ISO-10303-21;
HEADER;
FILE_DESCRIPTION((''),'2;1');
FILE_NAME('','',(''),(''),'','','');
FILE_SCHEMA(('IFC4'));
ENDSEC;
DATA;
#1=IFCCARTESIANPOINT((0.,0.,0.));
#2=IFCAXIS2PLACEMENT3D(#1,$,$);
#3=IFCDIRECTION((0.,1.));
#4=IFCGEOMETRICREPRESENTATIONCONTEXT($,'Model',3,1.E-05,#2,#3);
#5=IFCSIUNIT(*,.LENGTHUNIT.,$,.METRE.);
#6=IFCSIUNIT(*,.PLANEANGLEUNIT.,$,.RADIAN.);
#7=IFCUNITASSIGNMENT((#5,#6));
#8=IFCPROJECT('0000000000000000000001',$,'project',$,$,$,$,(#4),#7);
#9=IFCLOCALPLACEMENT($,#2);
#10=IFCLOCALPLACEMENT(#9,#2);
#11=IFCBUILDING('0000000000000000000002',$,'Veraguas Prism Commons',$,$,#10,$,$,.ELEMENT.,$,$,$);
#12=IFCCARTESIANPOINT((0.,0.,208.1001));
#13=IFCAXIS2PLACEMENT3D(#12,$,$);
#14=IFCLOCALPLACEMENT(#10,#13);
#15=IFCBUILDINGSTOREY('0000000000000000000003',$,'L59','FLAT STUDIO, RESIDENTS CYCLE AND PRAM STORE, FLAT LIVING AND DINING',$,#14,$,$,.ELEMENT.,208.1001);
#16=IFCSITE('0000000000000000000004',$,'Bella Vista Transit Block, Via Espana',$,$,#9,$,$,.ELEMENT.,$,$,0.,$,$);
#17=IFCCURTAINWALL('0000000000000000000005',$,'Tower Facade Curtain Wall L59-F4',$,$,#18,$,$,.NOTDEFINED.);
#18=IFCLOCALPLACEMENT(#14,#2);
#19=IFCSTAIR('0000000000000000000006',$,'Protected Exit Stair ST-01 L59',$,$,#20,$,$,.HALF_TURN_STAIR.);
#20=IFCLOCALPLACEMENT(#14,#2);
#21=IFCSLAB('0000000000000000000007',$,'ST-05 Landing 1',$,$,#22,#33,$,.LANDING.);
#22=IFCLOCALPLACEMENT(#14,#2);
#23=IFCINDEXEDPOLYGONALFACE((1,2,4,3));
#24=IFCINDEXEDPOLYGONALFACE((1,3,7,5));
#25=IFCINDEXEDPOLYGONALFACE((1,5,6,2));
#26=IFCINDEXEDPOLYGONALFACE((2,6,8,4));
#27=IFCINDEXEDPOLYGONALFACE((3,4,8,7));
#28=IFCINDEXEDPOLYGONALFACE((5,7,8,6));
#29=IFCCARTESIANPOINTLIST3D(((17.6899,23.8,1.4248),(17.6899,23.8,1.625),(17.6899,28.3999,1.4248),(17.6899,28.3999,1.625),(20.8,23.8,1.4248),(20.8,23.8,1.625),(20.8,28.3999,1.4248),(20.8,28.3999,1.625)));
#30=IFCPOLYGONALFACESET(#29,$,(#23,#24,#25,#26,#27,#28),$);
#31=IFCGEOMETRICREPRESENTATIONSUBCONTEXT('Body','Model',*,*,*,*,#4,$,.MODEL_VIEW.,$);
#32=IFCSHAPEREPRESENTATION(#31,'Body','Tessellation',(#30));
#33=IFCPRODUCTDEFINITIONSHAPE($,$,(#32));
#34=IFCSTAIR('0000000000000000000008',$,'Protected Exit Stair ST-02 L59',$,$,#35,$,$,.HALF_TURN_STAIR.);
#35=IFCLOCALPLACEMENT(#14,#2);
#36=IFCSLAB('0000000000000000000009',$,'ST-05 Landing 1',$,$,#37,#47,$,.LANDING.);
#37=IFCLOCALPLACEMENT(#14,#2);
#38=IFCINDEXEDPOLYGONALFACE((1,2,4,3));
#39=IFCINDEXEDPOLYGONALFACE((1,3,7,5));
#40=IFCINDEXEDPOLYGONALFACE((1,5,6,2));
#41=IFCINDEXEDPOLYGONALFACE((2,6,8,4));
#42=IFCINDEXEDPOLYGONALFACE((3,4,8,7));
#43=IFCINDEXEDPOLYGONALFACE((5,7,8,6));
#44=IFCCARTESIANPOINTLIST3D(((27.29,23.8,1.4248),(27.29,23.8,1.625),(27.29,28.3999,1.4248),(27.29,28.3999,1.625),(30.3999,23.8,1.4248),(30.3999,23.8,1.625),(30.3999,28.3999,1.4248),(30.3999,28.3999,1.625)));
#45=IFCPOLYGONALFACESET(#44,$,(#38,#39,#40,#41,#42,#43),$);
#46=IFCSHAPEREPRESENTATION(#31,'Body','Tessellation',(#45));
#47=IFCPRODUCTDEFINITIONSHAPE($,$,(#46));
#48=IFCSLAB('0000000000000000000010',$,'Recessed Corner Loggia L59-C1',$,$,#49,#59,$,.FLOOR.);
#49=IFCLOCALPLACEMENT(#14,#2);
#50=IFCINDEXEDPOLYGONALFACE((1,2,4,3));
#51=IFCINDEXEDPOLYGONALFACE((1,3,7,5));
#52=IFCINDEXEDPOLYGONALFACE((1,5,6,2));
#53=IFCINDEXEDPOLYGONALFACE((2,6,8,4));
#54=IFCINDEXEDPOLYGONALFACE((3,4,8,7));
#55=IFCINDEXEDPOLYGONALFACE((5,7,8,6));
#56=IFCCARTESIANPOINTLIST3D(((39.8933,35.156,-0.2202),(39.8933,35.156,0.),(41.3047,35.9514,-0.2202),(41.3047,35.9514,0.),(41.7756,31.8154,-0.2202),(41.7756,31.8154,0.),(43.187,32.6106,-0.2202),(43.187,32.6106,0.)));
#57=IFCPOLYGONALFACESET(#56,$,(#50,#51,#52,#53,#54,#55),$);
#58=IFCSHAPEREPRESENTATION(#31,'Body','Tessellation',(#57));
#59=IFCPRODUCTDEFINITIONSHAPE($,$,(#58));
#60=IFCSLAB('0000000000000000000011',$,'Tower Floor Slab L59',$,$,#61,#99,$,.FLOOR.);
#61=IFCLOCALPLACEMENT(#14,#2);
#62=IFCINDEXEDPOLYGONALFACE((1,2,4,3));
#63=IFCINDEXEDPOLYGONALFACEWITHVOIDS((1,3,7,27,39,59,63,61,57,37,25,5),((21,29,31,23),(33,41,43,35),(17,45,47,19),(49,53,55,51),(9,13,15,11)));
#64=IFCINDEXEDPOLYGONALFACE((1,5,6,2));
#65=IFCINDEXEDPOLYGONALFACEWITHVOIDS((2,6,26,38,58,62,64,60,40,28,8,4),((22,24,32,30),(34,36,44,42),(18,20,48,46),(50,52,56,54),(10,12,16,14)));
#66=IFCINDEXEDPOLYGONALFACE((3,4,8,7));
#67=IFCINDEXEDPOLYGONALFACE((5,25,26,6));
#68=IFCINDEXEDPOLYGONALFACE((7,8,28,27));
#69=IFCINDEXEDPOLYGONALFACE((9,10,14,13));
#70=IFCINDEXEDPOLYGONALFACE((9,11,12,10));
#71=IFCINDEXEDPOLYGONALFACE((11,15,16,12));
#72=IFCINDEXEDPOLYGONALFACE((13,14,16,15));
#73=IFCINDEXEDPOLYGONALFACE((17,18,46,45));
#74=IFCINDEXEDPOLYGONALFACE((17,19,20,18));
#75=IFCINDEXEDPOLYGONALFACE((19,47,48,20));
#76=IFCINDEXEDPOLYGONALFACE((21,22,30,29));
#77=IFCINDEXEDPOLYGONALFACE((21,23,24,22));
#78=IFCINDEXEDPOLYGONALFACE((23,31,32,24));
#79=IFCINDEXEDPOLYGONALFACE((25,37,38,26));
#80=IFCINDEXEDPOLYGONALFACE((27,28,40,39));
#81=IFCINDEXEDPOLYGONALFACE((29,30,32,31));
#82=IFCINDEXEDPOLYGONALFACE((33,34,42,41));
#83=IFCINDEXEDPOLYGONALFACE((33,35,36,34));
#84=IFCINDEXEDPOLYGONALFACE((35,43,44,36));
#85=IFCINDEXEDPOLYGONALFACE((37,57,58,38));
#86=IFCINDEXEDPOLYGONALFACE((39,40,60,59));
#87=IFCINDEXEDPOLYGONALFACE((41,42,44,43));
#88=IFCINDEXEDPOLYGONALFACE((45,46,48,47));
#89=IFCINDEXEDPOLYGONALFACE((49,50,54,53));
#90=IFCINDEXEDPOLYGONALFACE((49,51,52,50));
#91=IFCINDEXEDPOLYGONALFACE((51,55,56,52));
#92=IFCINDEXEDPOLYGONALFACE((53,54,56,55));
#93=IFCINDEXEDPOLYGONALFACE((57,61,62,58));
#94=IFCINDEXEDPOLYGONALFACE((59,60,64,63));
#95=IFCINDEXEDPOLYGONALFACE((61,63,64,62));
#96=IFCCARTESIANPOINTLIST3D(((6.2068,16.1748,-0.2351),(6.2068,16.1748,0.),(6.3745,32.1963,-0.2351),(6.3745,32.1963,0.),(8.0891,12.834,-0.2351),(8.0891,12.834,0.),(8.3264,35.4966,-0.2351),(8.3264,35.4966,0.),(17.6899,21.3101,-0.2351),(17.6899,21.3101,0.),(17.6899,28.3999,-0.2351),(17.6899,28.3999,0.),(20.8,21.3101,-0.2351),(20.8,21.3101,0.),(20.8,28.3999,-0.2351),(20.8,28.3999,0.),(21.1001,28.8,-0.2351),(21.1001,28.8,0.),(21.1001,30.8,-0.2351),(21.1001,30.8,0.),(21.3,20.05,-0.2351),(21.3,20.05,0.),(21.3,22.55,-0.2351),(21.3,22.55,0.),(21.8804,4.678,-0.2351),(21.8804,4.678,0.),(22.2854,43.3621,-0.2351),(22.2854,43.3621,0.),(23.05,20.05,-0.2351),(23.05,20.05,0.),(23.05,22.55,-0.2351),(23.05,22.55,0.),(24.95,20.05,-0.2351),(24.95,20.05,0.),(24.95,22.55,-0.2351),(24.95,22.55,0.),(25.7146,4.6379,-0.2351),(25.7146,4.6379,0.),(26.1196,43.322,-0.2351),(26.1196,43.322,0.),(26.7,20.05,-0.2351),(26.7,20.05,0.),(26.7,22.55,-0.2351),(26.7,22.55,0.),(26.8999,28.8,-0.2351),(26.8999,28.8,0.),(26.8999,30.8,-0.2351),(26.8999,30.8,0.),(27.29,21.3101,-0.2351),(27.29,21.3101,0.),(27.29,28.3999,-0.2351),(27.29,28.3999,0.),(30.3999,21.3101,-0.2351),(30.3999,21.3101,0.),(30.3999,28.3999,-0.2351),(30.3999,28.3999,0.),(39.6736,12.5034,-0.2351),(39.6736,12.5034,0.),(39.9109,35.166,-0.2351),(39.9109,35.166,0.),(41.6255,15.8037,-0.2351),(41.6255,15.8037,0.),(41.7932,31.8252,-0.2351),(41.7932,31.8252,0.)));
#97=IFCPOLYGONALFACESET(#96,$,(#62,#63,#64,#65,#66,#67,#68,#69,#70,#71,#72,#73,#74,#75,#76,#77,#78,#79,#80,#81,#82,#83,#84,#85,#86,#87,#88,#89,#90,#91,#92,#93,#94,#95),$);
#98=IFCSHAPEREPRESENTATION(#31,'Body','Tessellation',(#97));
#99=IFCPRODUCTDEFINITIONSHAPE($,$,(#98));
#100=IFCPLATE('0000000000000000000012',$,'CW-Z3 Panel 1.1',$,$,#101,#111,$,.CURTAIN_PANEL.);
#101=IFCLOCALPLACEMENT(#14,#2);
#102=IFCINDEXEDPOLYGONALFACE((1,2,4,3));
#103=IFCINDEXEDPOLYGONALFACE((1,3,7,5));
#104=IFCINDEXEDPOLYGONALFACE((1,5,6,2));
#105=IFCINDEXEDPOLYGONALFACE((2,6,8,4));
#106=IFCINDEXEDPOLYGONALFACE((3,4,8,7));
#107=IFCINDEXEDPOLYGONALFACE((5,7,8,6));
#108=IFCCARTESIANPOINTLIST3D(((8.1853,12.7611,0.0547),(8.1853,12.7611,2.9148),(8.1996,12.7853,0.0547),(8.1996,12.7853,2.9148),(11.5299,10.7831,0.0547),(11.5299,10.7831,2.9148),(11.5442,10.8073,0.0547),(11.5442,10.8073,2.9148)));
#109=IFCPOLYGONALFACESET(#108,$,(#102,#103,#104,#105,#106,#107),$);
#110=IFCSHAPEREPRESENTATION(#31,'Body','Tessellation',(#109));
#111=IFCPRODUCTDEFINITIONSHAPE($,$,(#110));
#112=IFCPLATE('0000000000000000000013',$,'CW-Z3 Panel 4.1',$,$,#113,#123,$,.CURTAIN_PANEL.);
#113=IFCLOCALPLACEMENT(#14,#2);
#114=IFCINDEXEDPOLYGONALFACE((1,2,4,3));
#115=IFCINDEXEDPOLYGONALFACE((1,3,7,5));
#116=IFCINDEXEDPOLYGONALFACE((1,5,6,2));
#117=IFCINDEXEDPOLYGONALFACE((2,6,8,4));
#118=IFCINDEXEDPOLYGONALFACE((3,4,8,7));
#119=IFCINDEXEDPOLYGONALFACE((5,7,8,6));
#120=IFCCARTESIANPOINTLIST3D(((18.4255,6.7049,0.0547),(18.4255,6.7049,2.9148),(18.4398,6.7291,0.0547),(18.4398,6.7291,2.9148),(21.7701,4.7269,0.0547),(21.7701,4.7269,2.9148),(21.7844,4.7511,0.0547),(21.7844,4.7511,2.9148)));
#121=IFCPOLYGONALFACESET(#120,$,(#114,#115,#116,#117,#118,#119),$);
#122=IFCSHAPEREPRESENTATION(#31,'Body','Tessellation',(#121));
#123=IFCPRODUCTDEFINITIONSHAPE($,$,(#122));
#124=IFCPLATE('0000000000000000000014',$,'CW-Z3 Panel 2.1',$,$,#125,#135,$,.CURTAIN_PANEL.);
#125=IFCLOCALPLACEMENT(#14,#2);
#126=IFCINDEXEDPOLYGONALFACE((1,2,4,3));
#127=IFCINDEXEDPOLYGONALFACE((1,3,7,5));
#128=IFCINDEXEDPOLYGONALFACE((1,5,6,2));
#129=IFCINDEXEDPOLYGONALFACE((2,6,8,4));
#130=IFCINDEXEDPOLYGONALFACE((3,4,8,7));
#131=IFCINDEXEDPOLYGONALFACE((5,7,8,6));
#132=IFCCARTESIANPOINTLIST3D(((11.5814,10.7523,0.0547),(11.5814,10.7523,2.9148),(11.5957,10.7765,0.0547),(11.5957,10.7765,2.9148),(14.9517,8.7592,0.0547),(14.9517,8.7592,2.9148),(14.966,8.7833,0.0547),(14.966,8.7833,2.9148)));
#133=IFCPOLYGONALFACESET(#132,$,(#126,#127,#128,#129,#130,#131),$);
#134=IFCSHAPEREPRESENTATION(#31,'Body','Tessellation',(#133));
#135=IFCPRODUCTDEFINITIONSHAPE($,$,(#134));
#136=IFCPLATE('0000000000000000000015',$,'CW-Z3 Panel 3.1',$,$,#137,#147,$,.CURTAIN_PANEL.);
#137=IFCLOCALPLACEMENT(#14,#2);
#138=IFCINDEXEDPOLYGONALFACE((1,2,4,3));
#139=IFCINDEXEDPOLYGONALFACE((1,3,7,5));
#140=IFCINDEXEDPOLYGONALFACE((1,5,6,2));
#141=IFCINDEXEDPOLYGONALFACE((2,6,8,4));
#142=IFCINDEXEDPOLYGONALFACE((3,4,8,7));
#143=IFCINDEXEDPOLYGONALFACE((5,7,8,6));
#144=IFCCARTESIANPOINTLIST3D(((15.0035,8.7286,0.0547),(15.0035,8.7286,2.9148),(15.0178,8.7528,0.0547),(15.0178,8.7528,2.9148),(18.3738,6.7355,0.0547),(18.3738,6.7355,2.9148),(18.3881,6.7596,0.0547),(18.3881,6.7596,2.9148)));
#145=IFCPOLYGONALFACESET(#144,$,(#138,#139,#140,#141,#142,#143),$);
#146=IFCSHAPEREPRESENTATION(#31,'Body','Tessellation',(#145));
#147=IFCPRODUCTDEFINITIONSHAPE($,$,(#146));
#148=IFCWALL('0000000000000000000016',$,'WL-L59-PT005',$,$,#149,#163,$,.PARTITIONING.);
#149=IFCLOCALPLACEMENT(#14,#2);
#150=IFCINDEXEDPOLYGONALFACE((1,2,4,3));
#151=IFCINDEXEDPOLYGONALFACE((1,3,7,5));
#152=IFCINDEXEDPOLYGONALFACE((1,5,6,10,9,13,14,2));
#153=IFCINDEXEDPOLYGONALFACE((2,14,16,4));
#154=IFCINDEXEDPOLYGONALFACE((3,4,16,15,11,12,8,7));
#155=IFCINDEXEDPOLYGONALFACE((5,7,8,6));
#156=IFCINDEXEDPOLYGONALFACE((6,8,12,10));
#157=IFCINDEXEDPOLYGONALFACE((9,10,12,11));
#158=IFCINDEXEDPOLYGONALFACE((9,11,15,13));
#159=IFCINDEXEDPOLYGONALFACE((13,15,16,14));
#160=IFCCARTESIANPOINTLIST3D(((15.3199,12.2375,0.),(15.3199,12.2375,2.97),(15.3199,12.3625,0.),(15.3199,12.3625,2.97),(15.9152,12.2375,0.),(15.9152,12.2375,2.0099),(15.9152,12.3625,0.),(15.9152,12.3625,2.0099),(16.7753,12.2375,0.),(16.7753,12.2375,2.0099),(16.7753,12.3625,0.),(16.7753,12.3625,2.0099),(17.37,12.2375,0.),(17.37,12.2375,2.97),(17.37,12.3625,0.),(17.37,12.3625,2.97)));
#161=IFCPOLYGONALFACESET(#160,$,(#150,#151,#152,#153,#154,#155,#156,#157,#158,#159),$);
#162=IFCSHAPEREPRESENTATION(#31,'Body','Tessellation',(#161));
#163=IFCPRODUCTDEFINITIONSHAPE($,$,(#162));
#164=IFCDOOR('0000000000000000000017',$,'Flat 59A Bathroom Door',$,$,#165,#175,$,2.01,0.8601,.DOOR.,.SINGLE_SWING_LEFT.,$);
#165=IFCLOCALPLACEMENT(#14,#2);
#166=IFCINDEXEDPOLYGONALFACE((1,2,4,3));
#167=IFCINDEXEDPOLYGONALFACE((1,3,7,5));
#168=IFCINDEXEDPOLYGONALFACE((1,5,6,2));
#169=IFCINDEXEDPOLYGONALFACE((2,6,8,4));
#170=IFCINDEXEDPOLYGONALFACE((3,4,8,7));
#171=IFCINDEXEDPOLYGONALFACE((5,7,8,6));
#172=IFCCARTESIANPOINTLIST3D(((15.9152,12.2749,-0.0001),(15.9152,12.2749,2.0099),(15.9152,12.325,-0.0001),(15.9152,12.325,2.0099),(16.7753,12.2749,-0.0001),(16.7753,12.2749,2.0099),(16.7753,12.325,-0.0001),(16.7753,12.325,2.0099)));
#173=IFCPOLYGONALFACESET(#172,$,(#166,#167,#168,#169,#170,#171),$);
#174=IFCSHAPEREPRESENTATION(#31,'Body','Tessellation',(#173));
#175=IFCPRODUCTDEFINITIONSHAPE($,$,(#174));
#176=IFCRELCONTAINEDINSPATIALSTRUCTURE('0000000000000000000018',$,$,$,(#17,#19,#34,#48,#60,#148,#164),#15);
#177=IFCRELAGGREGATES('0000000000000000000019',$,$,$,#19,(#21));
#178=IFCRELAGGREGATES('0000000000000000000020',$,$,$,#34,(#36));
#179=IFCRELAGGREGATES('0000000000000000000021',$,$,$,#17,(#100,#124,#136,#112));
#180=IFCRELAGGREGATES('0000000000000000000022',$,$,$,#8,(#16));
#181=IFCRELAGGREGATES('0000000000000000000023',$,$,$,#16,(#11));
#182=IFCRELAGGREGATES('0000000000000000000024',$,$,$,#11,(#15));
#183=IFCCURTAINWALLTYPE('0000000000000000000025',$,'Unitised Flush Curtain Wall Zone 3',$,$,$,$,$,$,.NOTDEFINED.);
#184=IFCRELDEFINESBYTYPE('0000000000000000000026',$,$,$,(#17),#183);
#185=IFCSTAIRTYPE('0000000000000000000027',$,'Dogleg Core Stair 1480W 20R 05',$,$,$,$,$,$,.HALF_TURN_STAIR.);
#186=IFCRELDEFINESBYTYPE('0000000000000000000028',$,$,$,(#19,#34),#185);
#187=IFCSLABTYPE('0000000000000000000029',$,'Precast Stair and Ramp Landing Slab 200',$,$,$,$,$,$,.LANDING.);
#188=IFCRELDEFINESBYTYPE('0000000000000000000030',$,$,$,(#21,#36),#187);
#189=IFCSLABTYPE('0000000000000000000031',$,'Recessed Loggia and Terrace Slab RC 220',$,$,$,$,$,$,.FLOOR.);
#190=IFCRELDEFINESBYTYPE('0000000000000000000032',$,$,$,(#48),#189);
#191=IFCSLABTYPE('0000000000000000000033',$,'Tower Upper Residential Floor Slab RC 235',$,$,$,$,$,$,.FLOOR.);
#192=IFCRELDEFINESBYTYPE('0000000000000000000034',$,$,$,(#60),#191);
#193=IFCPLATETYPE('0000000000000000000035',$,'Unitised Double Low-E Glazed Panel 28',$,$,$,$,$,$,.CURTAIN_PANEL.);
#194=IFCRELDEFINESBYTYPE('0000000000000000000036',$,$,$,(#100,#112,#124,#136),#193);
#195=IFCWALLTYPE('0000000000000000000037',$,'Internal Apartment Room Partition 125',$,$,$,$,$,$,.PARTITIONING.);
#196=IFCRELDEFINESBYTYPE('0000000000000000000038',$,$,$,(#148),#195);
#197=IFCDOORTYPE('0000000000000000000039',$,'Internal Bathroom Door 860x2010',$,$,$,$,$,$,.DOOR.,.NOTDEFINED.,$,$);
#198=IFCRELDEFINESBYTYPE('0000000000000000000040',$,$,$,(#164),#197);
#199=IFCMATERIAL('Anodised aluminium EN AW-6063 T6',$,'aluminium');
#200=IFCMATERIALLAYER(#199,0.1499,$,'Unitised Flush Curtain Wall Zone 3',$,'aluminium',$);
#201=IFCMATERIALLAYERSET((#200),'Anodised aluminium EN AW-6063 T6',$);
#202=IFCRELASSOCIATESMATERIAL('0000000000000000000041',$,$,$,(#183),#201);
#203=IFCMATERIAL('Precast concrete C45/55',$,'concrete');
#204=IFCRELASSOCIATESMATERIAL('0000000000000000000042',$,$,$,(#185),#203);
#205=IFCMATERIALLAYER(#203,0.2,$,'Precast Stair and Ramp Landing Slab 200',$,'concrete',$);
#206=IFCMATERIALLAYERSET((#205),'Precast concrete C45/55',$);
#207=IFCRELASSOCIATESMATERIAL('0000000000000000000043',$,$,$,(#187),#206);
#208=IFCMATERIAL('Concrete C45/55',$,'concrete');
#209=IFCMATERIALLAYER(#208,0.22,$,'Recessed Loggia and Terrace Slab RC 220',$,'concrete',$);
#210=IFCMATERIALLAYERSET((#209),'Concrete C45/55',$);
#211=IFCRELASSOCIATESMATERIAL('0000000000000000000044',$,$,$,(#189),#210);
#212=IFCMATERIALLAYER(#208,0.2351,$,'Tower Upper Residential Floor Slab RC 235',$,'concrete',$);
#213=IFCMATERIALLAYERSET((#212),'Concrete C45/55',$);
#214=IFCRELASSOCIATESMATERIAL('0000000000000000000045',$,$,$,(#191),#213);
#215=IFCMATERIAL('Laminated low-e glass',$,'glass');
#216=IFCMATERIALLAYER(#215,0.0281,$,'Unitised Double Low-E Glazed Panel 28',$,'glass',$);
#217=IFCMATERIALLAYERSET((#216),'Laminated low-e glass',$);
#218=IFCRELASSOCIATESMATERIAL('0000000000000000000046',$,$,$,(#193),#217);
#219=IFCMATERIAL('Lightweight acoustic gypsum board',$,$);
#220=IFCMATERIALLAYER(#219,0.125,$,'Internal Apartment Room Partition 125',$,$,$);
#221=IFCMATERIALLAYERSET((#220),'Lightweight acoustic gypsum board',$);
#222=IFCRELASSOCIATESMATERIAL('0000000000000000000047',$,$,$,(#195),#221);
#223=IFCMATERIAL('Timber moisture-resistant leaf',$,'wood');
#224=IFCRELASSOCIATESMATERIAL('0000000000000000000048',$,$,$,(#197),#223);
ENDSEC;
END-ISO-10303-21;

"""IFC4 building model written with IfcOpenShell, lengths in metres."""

from ifc_helpers import new_model, si_unit, direction, frame, frame_2d, origin, origin_2d, place, context, subcontext, project, spatial, polyline, rectangle, outline, extrude, source, transform, mapped, material, layer, layer_set, type_object, element, fill, aggregate, save


model = new_model("IFC4")

# Units and contexts
model_context = context("Model", 3, precision=1e-05, world=origin(), true_north=direction((0.0, 1.0)))
body_context = subcontext(model_context, "Body", "Model", "MODEL_VIEW")
ifc_project = project(units=[si_unit("LENGTHUNIT", "METRE"), si_unit("PLANEANGLEUNIT", "RADIAN")], contexts=[model_context])

# Site, building, storey
site_placement = place(None, origin())
site = spatial("IfcSite", under=ifc_project, at=site_placement, Name="Bella Vista Transit Block, Via Espana", CompositionType="ELEMENT", RefElevation=0.0)
building_placement = place(site_placement, origin())
building = spatial("IfcBuilding", under=site, at=building_placement, Name="Veraguas Prism Commons", CompositionType="ELEMENT")
storey_placement = place(building_placement, frame((0.0, 0.0, 208.1001)))
storey = spatial("IfcBuildingStorey", under=building, at=storey_placement, Name="L59", Description="FLAT STUDIO, RESIDENTS CYCLE AND PRAM STORE, FLAT LIVING AND DINING", CompositionType="ELEMENT", Elevation=208.1001)

# Curtain wall
ifc_material_1 = material(Name="Anodised aluminium EN AW-6063 T6", Category="aluminium")
ifc_layer_1 = layer(ifc_material_1, 0.1499, Name="Unitised Flush Curtain Wall Zone 3", Category="aluminium")
ifc_layer_set_1 = layer_set([ifc_layer_1], Name="Anodised aluminium EN AW-6063 T6")
curtain_wall_type = type_object("IfcCurtainWallType", Name="Unitised Flush Curtain Wall Zone 3", PredefinedType="NOTDEFINED", material=ifc_layer_set_1)
curtain_wall_placement = place(storey_placement, origin())
curtain_wall = element("IfcCurtainWall", 1, at=curtain_wall_placement, inside=storey, type_object=curtain_wall_type, Name="Tower Facade Curtain Wall L59-F4", PredefinedType="NOTDEFINED")

# Stairs, slabs
ifc_material_2 = material(Name="Precast concrete C45/55", Category="concrete")
stair_type = type_object("IfcStairType", Name="Dogleg Core Stair 1480W 20R 05", PredefinedType="HALF_TURN_STAIR", material=ifc_material_2)
stair_1_placement = place(storey_placement, origin())
stair_1 = element("IfcStair", 2, at=stair_1_placement, inside=storey, type_object=stair_type, Name="Protected Exit Stair ST-01 L59", PredefinedType="HALF_TURN_STAIR")
ifc_layer_2 = layer(ifc_material_2, 0.2, Name="Precast Stair and Ramp Landing Slab 200", Category="concrete")
ifc_layer_set_2 = layer_set([ifc_layer_2], Name="Precast concrete C45/55")
slab_type_1 = type_object("IfcSlabType", Name="Precast Stair and Ramp Landing Slab 200", PredefinedType="LANDING", material=ifc_layer_set_2)
slab_1_placement = place(storey_placement, frame((0.0, 0.0, 1.4248)))
slab_1 = element("IfcSlab", 3, at=slab_1_placement, type_object=slab_type_1, Name="ST-05 Landing 1", PredefinedType="LANDING", context=body_context, shape_type="SweptSolid", body=[
    extrude(outline(polyline([(20.8, 23.8), (20.8, 28.3999), (17.6899, 28.3999), (17.6899, 23.8), (20.8, 23.8)])), origin(), (0.0, 0.0, 1.0), 0.2002),
])
aggregate(stair_1, [slab_1])
stair_2_placement = place(storey_placement, origin())
stair_2 = element("IfcStair", 4, at=stair_2_placement, inside=storey, type_object=stair_type, Name="Protected Exit Stair ST-02 L59", PredefinedType="HALF_TURN_STAIR")
slab_2_placement = place(storey_placement, frame((0.0, 0.0, 1.4248)))
slab_2 = element("IfcSlab", 5, at=slab_2_placement, type_object=slab_type_1, Name="ST-05 Landing 1", PredefinedType="LANDING", context=body_context, shape_type="SweptSolid", body=[
    extrude(outline(polyline([(30.3999, 23.8), (30.3999, 28.3999), (27.29, 28.3999), (27.29, 23.8), (30.3999, 23.8)])), origin(), (0.0, 0.0, 1.0), 0.2002),
])
aggregate(stair_2, [slab_2])

# Slabs
ifc_material_3 = material(Name="Concrete C45/55", Category="concrete")
ifc_layer_3 = layer(ifc_material_3, 0.22, Name="Recessed Loggia and Terrace Slab RC 220", Category="concrete")
ifc_layer_set_3 = layer_set([ifc_layer_3], Name="Concrete C45/55")
slab_type_2 = type_object("IfcSlabType", Name="Recessed Loggia and Terrace Slab RC 220", PredefinedType="FLOOR", material=ifc_layer_set_3)
slab_3_placement = place(storey_placement, frame((0.0, 0.0, -0.2202)))
element("IfcSlab", 6, at=slab_3_placement, inside=storey, type_object=slab_type_2, Name="Recessed Corner Loggia L59-C1", PredefinedType="FLOOR", context=body_context, shape_type="SweptSolid", body=[
    extrude(outline(polyline([(41.7756, 31.8154), (43.187, 32.6106), (41.3047, 35.9514), (39.8933, 35.156), (41.7756, 31.8154)])), origin(), (0.0, 0.0, 1.0), 0.2202),
])
ifc_layer_4 = layer(ifc_material_3, 0.2351, Name="Tower Upper Residential Floor Slab RC 235", Category="concrete")
ifc_layer_set_4 = layer_set([ifc_layer_4], Name="Concrete C45/55")
slab_type_3 = type_object("IfcSlabType", Name="Tower Upper Residential Floor Slab RC 235", PredefinedType="FLOOR", material=ifc_layer_set_4)
slab_4_placement = place(storey_placement, frame((0.0, 0.0, -0.2351)))
element("IfcSlab", 7, at=slab_4_placement, inside=storey, type_object=slab_type_3, Name="Tower Floor Slab L59", PredefinedType="FLOOR", context=body_context, shape_type="SweptSolid", body=[
    extrude(outline(polyline([(41.7932, 31.8252), (39.9109, 35.166), (26.1196, 43.322), (22.2854, 43.3621), (8.3264, 35.4966), (6.3745, 32.1963), (6.2068, 16.1748), (8.0891, 12.834), (21.8804, 4.678), (25.7146, 4.6379), (39.6736, 12.5034), (41.6255, 15.8037), (41.7932, 31.8252)]), holes=[polyline([(20.8, 21.3101), (20.8, 28.3999), (17.6899, 28.3999), (17.6899, 21.3101), (20.8, 21.3101)]), polyline([(30.3999, 21.3101), (30.3999, 28.3999), (27.29, 28.3999), (27.29, 21.3101), (30.3999, 21.3101)]), polyline([(21.1001, 28.8), (26.8999, 28.8), (26.8999, 30.8), (21.1001, 30.8), (21.1001, 28.8)]), polyline([(21.3, 20.05), (23.05, 20.05), (23.05, 22.55), (21.3, 22.55), (21.3, 20.05)]), polyline([(24.95, 20.05), (26.7, 20.05), (26.7, 22.55), (24.95, 22.55), (24.95, 20.05)])]), origin(), (0.0, 0.0, 1.0), 0.2351),
])

# Plates
ifc_material_4 = material(Name="Laminated low-e glass", Category="glass")
ifc_layer_5 = layer(ifc_material_4, 0.0281, Name="Unitised Double Low-E Glazed Panel 28", Category="glass")
ifc_layer_set_5 = layer_set([ifc_layer_5], Name="Laminated low-e glass")
plate_type = type_object("IfcPlateType", Name="Unitised Double Low-E Glazed Panel 28", PredefinedType="CURTAIN_PANEL", material=ifc_layer_set_5)
shared_shape_1 = source(origin(), body_context, "Body", "SweptSolid", [
    extrude(rectangle(XDim=3.8857, YDim=0.0281, at=origin_2d()), origin(), (0.0, 0.0, 1.0), 2.8601),
])
plate_1_placement = place(storey_placement, frame((9.8647, 11.7842, 0.0547), z_axis=(0.0, 0.0, 1.0), x_axis=(0.860741, -0.509043, 0.0)))
plate_1 = element("IfcPlate", 8, at=plate_1_placement, type_object=plate_type, Name="CW-Z3 Panel 1.1", PredefinedType="CURTAIN_PANEL", context=body_context, shape_type="MappedRepresentation", body=[
    mapped(shared_shape_1, transform((0.0, 0.0, 0.0), scale=1.0)),
])
plate_2_placement = place(storey_placement, frame((20.105, 5.728, 0.0547), z_axis=(0.0, 0.0, 1.0), x_axis=(0.860741, -0.509043, 0.0)))
plate_2 = element("IfcPlate", 9, at=plate_2_placement, type_object=plate_type, Name="CW-Z3 Panel 4.1", PredefinedType="CURTAIN_PANEL", context=body_context, shape_type="MappedRepresentation", body=[
    mapped(shared_shape_1, transform((0.0, 0.0, 0.0), scale=1.0)),
])
shared_shape_2 = source(origin(), body_context, "Body", "SweptSolid", [
    extrude(rectangle(XDim=3.9155, YDim=0.0281, at=origin_2d()), origin(), (0.0, 0.0, 1.0), 2.8601),
])
plate_3_placement = place(storey_placement, frame((13.2737, 9.7678, 0.0547), z_axis=(0.0, 0.0, 1.0), x_axis=(0.860741, -0.509043, 0.0)))
plate_3 = element("IfcPlate", 10, at=plate_3_placement, type_object=plate_type, Name="CW-Z3 Panel 2.1", PredefinedType="CURTAIN_PANEL", context=body_context, shape_type="MappedRepresentation", body=[
    mapped(shared_shape_2, transform((0.0, 0.0, 0.0), scale=1.0)),
])
plate_4_placement = place(storey_placement, frame((16.6958, 7.7441, 0.0547), z_axis=(0.0, 0.0, 1.0), x_axis=(0.860741, -0.509043, 0.0)))
plate_4 = element("IfcPlate", 11, at=plate_4_placement, type_object=plate_type, Name="CW-Z3 Panel 3.1", PredefinedType="CURTAIN_PANEL", context=body_context, shape_type="MappedRepresentation", body=[
    mapped(shared_shape_2, transform((0.0, 0.0, 0.0), scale=1.0)),
])
aggregate(curtain_wall, [plate_1, plate_3, plate_4, plate_2])

# Wall, opening, door
ifc_material_5 = material(Name="Lightweight acoustic gypsum board")
ifc_layer_6 = layer(ifc_material_5, 0.125, Name="Internal Apartment Room Partition 125")
ifc_layer_set_6 = layer_set([ifc_layer_6], Name="Lightweight acoustic gypsum board")
wall_type = type_object("IfcWallType", Name="Internal Apartment Room Partition 125", PredefinedType="PARTITIONING", material=ifc_layer_set_6)
wall_1_placement = place(storey_placement, frame((15.3201, 12.3, 0.0), z_axis=(0.0, 0.0, 1.0), x_axis=(1.0, 0.0, 0.0)))
wall_1 = element("IfcWall", 12, at=wall_1_placement, inside=storey, type_object=wall_type, Name="WL-L59-PT005", PredefinedType="PARTITIONING", context=body_context, shape_type="SweptSolid", body=[
    extrude(rectangle(XDim=2.05, YDim=0.125, at=frame_2d((1.0249, 0.0))), origin(), (0.0, 0.0, 1.0), 2.97),
])
opening_1_placement = place(wall_1_placement, frame((0.595, 0.0, 0.0)))
opening_1 = element("IfcOpeningElement", 13, at=opening_1_placement, cuts=wall_1, PredefinedType="OPENING", context=body_context, shape_type="SweptSolid", body=[
    extrude(rectangle(XDim=0.8601, YDim=2.01, at=frame_2d((0.4302, 1.0049))), frame((0.0, 0.0725, 0.0), z_axis=(0.0, -1.0, 0.0), x_axis=(1.0, 0.0, 0.0)), (0.0, 0.0, 1.0), 0.145),
])
ifc_material_6 = material(Name="Timber moisture-resistant leaf", Category="wood")
door_type_1 = type_object("IfcDoorType", Name="Internal Bathroom Door 860x2010", OperationType="NOTDEFINED", PredefinedType="DOOR", material=ifc_material_6)
shared_shape_3 = source(origin(), body_context, "Body", "SweptSolid", [
    extrude(rectangle(XDim=0.8601, YDim=2.01, at=frame_2d((0.4302, 1.0049))), frame((0.0, 0.0249, 0.0), z_axis=(0.0, -1.0, 0.0), x_axis=(1.0, 0.0, 0.0)), (0.0, 0.0, 1.0), 0.05),
])
door_1_placement = place(opening_1_placement, origin())
door_1 = element("IfcDoor", 14, at=door_1_placement, inside=storey, type_object=door_type_1, Name="Flat 59A Bathroom Door", OperationType="SINGLE_SWING_LEFT", OverallHeight=2.01, OverallWidth=0.8601, PredefinedType="DOOR", context=body_context, shape_type="MappedRepresentation", body=[
    mapped(shared_shape_3, transform((0.0, 0.0, 0.0), scale=1.0)),
])
fill(opening_1, door_1)

save(model, "model.ifc")
